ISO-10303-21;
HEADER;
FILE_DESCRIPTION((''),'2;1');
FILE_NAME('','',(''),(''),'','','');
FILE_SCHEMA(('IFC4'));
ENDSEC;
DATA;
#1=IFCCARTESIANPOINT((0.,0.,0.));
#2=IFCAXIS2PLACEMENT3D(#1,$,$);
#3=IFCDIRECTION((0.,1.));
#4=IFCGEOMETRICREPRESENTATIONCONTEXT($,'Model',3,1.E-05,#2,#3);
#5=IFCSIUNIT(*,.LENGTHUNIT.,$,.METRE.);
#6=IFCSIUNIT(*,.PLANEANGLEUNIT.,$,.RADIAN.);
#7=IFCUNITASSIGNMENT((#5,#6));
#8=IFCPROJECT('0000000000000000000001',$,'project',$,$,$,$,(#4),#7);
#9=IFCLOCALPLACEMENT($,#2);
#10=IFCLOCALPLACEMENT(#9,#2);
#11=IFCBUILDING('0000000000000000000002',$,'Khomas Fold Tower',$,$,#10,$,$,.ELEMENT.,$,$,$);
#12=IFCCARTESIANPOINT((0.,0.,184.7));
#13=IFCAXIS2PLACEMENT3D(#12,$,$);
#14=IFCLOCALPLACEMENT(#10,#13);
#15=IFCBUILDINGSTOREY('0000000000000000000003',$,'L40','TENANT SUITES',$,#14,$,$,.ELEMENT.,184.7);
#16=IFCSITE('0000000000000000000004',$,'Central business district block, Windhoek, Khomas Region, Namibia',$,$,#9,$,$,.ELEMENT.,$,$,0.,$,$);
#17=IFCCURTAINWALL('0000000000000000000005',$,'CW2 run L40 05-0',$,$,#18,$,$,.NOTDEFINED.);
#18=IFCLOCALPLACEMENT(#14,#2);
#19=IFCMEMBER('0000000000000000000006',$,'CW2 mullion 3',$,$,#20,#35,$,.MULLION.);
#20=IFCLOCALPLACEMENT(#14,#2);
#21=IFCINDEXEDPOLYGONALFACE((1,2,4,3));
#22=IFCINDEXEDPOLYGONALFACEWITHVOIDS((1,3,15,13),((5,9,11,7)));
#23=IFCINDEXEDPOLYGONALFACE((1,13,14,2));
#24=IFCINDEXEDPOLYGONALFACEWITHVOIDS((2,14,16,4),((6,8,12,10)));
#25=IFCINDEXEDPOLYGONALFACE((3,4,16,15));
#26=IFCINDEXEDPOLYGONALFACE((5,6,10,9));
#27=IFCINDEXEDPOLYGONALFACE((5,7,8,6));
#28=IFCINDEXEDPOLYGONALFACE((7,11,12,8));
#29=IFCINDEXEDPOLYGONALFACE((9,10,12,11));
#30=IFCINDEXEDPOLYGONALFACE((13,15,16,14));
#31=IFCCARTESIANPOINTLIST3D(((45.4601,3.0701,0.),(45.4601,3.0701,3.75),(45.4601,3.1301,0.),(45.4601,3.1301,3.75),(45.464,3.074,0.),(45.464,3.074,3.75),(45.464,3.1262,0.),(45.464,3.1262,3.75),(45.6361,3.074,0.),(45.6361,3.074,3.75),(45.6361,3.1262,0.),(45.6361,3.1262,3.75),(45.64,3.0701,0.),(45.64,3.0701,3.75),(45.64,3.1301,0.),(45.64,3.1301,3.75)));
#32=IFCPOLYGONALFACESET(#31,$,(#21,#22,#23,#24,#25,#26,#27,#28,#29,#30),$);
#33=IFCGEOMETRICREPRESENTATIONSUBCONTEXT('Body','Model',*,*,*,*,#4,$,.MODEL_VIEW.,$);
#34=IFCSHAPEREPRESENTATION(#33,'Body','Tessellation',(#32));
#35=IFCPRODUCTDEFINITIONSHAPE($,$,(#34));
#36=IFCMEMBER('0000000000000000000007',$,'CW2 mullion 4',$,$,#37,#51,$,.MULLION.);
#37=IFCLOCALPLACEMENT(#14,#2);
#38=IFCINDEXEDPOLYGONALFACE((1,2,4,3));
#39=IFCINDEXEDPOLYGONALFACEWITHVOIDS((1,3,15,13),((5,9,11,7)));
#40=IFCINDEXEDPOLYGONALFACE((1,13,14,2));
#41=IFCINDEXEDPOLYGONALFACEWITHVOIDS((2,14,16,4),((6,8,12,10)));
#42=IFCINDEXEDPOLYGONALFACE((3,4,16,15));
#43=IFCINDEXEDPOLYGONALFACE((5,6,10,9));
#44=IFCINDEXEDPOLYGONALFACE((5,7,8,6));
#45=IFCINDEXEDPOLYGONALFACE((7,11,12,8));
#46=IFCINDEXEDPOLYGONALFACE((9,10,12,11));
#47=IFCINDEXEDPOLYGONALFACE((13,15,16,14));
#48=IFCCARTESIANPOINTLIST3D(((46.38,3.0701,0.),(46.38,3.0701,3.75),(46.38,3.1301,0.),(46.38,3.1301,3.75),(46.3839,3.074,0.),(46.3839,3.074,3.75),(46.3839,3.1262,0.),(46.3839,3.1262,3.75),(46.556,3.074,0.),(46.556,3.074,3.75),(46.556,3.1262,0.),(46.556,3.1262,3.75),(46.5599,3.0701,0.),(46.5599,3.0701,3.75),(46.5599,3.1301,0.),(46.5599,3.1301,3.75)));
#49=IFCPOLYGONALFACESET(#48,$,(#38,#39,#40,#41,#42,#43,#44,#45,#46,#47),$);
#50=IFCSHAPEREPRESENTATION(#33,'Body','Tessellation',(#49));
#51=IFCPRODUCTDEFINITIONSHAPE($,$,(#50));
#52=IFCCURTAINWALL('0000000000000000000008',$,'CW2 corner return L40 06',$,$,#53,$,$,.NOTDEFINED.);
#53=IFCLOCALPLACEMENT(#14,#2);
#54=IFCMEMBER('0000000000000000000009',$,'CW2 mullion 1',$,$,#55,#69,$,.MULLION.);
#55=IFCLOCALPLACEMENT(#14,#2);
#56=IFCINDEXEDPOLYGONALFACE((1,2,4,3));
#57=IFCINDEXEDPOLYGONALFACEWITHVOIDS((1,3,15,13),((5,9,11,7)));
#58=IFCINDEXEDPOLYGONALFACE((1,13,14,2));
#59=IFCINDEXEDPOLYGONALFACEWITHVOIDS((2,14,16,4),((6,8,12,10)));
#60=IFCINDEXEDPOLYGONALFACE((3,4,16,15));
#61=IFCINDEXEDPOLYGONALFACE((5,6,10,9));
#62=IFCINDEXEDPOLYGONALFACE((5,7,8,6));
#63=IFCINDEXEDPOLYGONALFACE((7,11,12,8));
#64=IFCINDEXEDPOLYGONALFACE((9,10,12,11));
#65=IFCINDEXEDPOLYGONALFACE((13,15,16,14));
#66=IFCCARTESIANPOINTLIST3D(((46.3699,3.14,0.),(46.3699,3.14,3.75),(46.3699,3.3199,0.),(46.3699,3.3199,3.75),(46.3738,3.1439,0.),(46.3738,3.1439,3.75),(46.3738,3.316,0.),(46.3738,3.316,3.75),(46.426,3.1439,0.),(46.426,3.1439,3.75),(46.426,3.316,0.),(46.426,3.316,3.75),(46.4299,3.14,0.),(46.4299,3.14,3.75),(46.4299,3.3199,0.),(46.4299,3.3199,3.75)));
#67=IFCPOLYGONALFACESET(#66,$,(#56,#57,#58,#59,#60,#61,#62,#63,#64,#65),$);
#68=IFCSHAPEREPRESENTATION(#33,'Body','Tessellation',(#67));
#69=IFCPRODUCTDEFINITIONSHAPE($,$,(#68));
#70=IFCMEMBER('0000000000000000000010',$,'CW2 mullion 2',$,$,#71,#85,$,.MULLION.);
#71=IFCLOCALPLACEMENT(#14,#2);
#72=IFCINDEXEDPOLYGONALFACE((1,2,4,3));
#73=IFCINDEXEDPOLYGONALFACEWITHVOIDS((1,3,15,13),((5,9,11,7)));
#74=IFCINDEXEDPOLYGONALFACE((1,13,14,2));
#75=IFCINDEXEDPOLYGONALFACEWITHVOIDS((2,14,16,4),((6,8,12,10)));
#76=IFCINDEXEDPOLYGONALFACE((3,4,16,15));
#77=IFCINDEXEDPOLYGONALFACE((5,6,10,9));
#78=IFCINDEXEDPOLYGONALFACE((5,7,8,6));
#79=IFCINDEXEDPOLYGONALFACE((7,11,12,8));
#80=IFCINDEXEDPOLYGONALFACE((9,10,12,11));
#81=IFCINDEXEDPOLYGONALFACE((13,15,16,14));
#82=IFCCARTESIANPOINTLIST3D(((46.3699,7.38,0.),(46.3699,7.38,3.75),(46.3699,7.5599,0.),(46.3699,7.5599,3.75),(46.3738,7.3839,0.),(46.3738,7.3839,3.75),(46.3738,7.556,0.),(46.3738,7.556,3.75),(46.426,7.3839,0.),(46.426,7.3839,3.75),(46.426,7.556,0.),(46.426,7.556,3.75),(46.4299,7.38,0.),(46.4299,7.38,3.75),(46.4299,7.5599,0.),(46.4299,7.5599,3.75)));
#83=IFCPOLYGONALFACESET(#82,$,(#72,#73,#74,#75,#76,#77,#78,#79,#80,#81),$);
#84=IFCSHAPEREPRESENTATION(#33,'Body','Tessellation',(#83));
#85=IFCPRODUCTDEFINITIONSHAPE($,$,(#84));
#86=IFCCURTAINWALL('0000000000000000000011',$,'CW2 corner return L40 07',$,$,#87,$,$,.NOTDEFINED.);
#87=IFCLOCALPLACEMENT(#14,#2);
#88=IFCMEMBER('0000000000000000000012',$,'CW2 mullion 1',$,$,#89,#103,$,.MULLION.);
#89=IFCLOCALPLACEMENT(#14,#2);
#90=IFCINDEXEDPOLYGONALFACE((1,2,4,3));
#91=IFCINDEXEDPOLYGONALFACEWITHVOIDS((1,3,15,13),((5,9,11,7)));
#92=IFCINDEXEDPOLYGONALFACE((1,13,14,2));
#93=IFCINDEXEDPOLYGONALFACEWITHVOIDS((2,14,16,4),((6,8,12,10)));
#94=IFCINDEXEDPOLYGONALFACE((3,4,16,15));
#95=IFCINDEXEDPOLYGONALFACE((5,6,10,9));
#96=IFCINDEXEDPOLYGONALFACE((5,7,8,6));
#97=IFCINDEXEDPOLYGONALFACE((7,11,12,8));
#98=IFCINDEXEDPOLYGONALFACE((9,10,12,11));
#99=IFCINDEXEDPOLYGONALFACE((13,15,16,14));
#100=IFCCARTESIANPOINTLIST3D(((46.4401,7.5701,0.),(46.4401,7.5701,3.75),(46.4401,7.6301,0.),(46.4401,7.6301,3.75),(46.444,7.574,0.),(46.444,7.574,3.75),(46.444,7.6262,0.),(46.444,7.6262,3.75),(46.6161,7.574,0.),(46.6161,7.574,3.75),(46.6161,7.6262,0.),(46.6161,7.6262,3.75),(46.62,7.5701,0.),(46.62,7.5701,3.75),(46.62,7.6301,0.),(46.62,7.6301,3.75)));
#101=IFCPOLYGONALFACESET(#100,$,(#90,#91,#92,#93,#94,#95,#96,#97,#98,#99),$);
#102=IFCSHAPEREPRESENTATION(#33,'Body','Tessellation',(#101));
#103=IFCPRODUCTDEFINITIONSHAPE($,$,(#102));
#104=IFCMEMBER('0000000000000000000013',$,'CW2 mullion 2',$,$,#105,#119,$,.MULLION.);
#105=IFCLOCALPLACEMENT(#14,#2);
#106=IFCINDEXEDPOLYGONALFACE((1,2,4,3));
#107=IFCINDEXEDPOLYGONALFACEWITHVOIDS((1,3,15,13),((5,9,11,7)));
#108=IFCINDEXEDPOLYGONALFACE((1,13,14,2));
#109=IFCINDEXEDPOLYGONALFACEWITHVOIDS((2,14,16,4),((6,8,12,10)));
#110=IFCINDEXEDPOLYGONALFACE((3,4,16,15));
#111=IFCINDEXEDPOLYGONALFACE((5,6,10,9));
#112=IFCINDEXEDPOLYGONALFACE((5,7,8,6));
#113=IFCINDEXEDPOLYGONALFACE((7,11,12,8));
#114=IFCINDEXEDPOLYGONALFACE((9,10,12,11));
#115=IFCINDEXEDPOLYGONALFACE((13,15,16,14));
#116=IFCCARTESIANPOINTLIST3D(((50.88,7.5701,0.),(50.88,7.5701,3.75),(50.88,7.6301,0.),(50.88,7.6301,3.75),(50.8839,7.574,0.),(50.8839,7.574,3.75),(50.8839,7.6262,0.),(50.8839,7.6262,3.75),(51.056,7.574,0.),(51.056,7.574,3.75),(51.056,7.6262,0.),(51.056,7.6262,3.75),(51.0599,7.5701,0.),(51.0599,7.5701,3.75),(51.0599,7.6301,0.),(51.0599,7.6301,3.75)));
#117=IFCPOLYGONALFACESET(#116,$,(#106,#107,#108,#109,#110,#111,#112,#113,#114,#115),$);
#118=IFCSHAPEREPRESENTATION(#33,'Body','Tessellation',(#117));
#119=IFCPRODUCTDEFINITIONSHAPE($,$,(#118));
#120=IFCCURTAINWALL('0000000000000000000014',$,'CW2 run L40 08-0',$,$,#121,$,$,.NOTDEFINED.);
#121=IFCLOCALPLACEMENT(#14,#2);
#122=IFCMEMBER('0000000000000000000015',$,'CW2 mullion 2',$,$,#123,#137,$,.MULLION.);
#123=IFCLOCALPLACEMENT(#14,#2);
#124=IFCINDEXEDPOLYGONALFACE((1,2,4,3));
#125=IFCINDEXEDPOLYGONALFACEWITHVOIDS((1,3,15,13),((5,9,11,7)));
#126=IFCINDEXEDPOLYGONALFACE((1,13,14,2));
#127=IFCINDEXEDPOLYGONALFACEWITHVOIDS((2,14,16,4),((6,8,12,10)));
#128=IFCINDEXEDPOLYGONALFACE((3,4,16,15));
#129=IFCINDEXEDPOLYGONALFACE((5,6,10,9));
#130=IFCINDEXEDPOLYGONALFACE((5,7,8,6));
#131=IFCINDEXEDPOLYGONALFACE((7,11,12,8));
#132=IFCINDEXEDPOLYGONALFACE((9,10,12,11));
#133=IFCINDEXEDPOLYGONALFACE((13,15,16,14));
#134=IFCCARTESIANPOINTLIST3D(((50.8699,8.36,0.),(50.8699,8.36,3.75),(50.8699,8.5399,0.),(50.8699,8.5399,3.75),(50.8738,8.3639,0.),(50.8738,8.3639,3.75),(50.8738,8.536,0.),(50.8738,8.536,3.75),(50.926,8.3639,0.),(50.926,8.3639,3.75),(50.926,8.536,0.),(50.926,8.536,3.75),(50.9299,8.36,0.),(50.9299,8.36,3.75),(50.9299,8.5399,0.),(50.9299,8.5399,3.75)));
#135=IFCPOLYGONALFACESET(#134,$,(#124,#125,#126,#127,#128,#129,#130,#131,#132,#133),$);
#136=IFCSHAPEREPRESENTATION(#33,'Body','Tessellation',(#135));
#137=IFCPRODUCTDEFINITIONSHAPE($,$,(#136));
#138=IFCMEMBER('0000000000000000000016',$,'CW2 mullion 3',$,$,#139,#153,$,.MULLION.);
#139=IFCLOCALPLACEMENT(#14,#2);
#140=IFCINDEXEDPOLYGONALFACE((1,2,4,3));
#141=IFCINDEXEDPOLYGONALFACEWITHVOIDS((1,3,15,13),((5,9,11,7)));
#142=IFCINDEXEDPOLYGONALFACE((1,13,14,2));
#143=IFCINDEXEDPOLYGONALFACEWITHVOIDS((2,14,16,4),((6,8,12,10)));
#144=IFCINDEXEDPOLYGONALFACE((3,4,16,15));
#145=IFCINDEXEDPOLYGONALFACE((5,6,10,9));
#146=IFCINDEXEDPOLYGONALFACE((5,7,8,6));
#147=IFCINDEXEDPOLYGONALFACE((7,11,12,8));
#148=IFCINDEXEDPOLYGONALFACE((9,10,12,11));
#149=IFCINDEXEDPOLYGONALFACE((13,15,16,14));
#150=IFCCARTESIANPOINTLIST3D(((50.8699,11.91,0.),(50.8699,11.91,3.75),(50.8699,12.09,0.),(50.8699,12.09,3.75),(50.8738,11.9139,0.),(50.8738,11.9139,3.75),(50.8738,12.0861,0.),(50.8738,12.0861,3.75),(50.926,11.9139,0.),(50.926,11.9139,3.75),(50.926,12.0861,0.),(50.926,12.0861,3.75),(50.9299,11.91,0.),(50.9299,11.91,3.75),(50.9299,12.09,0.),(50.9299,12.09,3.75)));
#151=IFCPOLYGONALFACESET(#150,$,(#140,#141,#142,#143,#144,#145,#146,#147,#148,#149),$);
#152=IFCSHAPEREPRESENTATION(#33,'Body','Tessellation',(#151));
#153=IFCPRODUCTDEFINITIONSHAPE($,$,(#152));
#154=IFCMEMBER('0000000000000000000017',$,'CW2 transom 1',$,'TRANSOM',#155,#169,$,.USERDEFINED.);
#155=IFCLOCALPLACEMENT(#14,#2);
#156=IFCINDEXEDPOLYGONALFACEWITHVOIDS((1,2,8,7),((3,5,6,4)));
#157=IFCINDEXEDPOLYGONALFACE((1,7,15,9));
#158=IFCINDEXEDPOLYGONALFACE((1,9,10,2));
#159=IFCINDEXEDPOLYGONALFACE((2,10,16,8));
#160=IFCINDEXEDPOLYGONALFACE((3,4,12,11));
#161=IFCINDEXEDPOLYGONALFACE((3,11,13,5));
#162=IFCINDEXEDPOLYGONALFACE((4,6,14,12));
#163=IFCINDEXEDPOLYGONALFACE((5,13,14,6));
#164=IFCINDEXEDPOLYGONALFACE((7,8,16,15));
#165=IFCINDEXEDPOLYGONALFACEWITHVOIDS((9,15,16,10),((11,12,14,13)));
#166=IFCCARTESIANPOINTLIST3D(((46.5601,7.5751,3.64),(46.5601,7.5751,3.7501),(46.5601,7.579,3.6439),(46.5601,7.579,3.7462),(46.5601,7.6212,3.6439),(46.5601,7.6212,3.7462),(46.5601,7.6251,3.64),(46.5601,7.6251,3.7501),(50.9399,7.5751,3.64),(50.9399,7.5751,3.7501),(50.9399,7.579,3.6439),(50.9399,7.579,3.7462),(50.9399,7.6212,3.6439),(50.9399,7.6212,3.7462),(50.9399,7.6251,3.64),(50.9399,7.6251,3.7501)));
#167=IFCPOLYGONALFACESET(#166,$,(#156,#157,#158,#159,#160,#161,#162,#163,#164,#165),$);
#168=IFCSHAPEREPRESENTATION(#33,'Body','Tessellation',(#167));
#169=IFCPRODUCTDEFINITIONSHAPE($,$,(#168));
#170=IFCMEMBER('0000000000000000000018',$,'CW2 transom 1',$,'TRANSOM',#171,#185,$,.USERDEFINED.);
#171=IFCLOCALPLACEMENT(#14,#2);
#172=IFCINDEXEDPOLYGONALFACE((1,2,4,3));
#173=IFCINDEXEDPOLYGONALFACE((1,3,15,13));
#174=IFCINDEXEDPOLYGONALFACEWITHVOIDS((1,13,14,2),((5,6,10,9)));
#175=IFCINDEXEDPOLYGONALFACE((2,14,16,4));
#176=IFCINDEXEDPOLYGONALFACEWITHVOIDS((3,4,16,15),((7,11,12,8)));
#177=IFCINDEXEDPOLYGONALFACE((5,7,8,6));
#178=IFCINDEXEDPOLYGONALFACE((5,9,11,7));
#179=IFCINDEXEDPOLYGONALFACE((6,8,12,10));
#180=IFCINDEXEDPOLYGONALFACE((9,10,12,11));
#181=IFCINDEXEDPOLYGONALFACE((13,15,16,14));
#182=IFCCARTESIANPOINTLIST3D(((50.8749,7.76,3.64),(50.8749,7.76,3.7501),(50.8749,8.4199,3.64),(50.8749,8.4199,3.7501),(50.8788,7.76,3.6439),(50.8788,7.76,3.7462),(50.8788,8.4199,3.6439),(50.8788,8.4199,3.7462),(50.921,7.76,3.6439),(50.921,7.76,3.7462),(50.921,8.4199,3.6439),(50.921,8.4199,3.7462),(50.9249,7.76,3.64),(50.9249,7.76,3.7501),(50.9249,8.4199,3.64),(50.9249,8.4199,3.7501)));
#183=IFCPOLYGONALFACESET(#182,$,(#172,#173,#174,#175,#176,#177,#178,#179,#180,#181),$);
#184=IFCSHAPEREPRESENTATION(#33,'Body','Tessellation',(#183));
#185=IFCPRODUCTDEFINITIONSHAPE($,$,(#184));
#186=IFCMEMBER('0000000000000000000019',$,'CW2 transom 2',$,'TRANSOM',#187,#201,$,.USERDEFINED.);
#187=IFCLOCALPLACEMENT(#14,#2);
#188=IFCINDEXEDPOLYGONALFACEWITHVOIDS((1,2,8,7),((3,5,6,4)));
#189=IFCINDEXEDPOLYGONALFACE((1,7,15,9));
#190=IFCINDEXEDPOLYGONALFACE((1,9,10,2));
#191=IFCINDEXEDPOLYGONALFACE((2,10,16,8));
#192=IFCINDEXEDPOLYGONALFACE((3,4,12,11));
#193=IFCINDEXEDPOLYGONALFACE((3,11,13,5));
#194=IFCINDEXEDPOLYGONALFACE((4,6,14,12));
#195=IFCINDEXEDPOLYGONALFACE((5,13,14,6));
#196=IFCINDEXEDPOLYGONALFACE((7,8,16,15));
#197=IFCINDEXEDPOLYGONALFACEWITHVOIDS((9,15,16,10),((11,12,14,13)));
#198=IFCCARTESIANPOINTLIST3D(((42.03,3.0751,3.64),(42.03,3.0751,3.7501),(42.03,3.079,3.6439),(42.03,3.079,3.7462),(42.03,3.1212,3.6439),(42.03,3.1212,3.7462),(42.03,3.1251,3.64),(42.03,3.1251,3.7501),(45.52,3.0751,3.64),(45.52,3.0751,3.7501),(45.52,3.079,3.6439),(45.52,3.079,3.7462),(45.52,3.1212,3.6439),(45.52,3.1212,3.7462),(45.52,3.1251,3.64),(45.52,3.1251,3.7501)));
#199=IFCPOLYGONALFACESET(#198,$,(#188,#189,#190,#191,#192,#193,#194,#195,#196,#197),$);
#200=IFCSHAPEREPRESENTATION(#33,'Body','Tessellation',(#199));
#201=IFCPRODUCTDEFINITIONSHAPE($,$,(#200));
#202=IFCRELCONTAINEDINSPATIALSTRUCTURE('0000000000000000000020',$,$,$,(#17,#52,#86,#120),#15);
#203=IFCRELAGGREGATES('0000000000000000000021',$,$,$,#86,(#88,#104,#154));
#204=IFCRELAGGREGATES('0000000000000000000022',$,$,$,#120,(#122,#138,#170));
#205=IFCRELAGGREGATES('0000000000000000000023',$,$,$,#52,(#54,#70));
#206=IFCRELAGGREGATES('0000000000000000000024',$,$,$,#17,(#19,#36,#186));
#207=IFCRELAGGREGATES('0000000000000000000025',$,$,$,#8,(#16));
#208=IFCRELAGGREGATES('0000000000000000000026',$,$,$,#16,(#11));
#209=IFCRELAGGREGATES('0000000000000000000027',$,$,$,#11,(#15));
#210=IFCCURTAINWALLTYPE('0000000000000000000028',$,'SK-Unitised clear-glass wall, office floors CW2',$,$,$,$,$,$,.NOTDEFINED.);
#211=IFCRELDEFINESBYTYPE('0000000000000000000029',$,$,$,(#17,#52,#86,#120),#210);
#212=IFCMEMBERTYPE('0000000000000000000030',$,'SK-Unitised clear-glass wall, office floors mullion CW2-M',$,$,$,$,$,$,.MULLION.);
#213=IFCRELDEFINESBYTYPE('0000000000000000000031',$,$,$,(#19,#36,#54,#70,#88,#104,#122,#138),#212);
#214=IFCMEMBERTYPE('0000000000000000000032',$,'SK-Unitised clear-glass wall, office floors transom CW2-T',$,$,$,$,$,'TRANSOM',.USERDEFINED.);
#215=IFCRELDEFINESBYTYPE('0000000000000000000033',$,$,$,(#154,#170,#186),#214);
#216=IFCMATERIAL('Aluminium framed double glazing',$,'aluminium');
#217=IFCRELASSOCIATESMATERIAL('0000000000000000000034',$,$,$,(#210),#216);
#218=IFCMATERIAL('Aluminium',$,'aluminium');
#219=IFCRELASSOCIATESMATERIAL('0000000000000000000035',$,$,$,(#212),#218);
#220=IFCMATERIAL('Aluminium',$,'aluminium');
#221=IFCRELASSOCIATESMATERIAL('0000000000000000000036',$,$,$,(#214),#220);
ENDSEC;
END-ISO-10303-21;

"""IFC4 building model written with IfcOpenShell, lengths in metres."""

from ifc_helpers import new_model, si_unit, direction, frame, origin, origin_2d, place, context, subcontext, project, spatial, hollow_rectangle, extrude, source, transform, mapped, material, material_profile, profile_set, type_object, element, aggregate, save


model = new_model("IFC4")

# Units and contexts
model_context = context("Model", 3, precision=1e-05, world=origin(), true_north=direction((0.0, 1.0)))
body_context = subcontext(model_context, "Body", "Model", "MODEL_VIEW")
ifc_project = project(units=[si_unit("LENGTHUNIT", "METRE"), si_unit("PLANEANGLEUNIT", "RADIAN")], contexts=[model_context])

# Site, building, storey
site_placement = place(None, origin())
site = spatial("IfcSite", under=ifc_project, at=site_placement, Name="Central business district block, Windhoek, Khomas Region, Namibia", CompositionType="ELEMENT", RefElevation=0.0)
building_placement = place(site_placement, origin())
building = spatial("IfcBuilding", under=site, at=building_placement, Name="Khomas Fold Tower", CompositionType="ELEMENT")
storey_placement = place(building_placement, frame((0.0, 0.0, 184.7)))
storey = spatial("IfcBuildingStorey", under=building, at=storey_placement, Name="L40", Description="TENANT SUITES", CompositionType="ELEMENT", Elevation=184.7)

# Curtain walls, members
ifc_material_1 = material(Name="Aluminium framed double glazing", Category="aluminium")
curtain_wall_type = type_object("IfcCurtainWallType", Name="SK-Unitised clear-glass wall, office floors CW2", PredefinedType="NOTDEFINED", material=ifc_material_1)
curtain_wall_1_placement = place(storey_placement, origin())
curtain_wall_1 = element("IfcCurtainWall", 1, at=curtain_wall_1_placement, inside=storey, type_object=curtain_wall_type, Name="CW2 run L40 05-0", PredefinedType="NOTDEFINED")
ifc_material_2 = material(Name="Aluminium", Category="aluminium")
ifc_material_profile_1 = material_profile(ifc_material_2, hollow_rectangle(XDim=0.0601, YDim=0.1799, WallThickness=0.0039, at=origin_2d()), Name="SK-Unitised clear-glass wall, office floors mullion CW2-M")
ifc_profile_set_1 = profile_set([ifc_material_profile_1], Name="Aluminium")
member_type_1 = type_object("IfcMemberType", Name="SK-Unitised clear-glass wall, office floors mullion CW2-M", PredefinedType="MULLION", material=ifc_profile_set_1)
shared_shape_1 = source(origin(), body_context, "Body", "SweptSolid", [
    extrude(hollow_rectangle(XDim=0.0601, YDim=0.1799, WallThickness=0.0039, at=origin_2d()), origin(), (0.0, 0.0, 1.0), 3.75),
])
member_1_placement = place(storey_placement, frame((45.55, 3.1001, 0.0), z_axis=(0.0, 0.0, 1.0), x_axis=(0.0, 1.0, 0.0)))
member_1 = element("IfcMember", 2, at=member_1_placement, type_object=member_type_1, Name="CW2 mullion 3", PredefinedType="MULLION", context=body_context, shape_type="MappedRepresentation", body=[
    mapped(shared_shape_1, transform((0.0, 0.0, 0.0))),
])
member_2_placement = place(storey_placement, frame((46.47, 3.1001, 0.0), z_axis=(0.0, 0.0, 1.0), x_axis=(0.0, 1.0, 0.0)))
member_2 = element("IfcMember", 3, at=member_2_placement, type_object=member_type_1, Name="CW2 mullion 4", PredefinedType="MULLION", context=body_context, shape_type="MappedRepresentation", body=[
    mapped(shared_shape_1, transform((0.0, 0.0, 0.0))),
])
curtain_wall_2_placement = place(storey_placement, origin())
curtain_wall_2 = element("IfcCurtainWall", 4, at=curtain_wall_2_placement, inside=storey, type_object=curtain_wall_type, Name="CW2 corner return L40 06", PredefinedType="NOTDEFINED")
member_3_placement = place(storey_placement, frame((46.3999, 3.23, 0.0), z_axis=(0.0, 0.0, 1.0), x_axis=(-1.0, 0.0, 0.0)))
member_3 = element("IfcMember", 5, at=member_3_placement, type_object=member_type_1, Name="CW2 mullion 1", PredefinedType="MULLION", context=body_context, shape_type="MappedRepresentation", body=[
    mapped(shared_shape_1, transform((0.0, 0.0, 0.0))),
])
member_4_placement = place(storey_placement, frame((46.3999, 7.47, 0.0), z_axis=(0.0, 0.0, 1.0), x_axis=(-1.0, 0.0, 0.0)))
member_4 = element("IfcMember", 6, at=member_4_placement, type_object=member_type_1, Name="CW2 mullion 2", PredefinedType="MULLION", context=body_context, shape_type="MappedRepresentation", body=[
    mapped(shared_shape_1, transform((0.0, 0.0, 0.0))),
])
curtain_wall_3_placement = place(storey_placement, origin())
curtain_wall_3 = element("IfcCurtainWall", 7, at=curtain_wall_3_placement, inside=storey, type_object=curtain_wall_type, Name="CW2 corner return L40 07", PredefinedType="NOTDEFINED")
member_5_placement = place(storey_placement, frame((46.53, 7.6001, 0.0), z_axis=(0.0, 0.0, 1.0), x_axis=(0.0, 1.0, 0.0)))
member_5 = element("IfcMember", 8, at=member_5_placement, type_object=member_type_1, Name="CW2 mullion 1", PredefinedType="MULLION", context=body_context, shape_type="MappedRepresentation", body=[
    mapped(shared_shape_1, transform((0.0, 0.0, 0.0))),
])
member_6_placement = place(storey_placement, frame((50.97, 7.6001, 0.0), z_axis=(0.0, 0.0, 1.0), x_axis=(0.0, 1.0, 0.0)))
member_6 = element("IfcMember", 9, at=member_6_placement, type_object=member_type_1, Name="CW2 mullion 2", PredefinedType="MULLION", context=body_context, shape_type="MappedRepresentation", body=[
    mapped(shared_shape_1, transform((0.0, 0.0, 0.0))),
])
curtain_wall_4_placement = place(storey_placement, origin())
curtain_wall_4 = element("IfcCurtainWall", 10, at=curtain_wall_4_placement, inside=storey, type_object=curtain_wall_type, Name="CW2 run L40 08-0", PredefinedType="NOTDEFINED")
member_7_placement = place(storey_placement, frame((50.8999, 8.45, 0.0), z_axis=(0.0, 0.0, 1.0), x_axis=(-1.0, 0.0, 0.0)))
member_7 = element("IfcMember", 11, at=member_7_placement, type_object=member_type_1, Name="CW2 mullion 2", PredefinedType="MULLION", context=body_context, shape_type="MappedRepresentation", body=[
    mapped(shared_shape_1, transform((0.0, 0.0, 0.0))),
])
member_8_placement = place(storey_placement, frame((50.8999, 12.0, 0.0), z_axis=(0.0, 0.0, 1.0), x_axis=(-1.0, 0.0, 0.0)))
member_8 = element("IfcMember", 12, at=member_8_placement, type_object=member_type_1, Name="CW2 mullion 3", PredefinedType="MULLION", context=body_context, shape_type="MappedRepresentation", body=[
    mapped(shared_shape_1, transform((0.0, 0.0, 0.0))),
])

# Members
ifc_material_3 = material(Name="Aluminium", Category="aluminium")
ifc_material_profile_2 = material_profile(ifc_material_3, hollow_rectangle(XDim=0.05, YDim=0.1101, WallThickness=0.0039, at=origin_2d()), Name="SK-Unitised clear-glass wall, office floors transom CW2-T")
ifc_profile_set_2 = profile_set([ifc_material_profile_2], Name="Aluminium")
member_type_2 = type_object("IfcMemberType", Name="SK-Unitised clear-glass wall, office floors transom CW2-T", ElementType="TRANSOM", PredefinedType="USERDEFINED", material=ifc_profile_set_2)
shared_shape_2 = source(origin(), body_context, "Body", "SweptSolid", [
    extrude(hollow_rectangle(XDim=0.05, YDim=0.1101, WallThickness=0.0039, at=origin_2d()), origin(), (0.0, 0.0, 1.0), 4.3799),
])
member_9_placement = place(storey_placement, frame((46.5601, 7.6001, 3.6951), z_axis=(1.0, 0.0, 0.0), x_axis=(0.0, 1.0, 0.0)))
member_9 = element("IfcMember", 13, at=member_9_placement, type_object=member_type_2, Name="CW2 transom 1", ObjectType="TRANSOM", PredefinedType="USERDEFINED", context=body_context, shape_type="MappedRepresentation", body=[
    mapped(shared_shape_2, transform((0.0, 0.0, 0.0))),
])
shared_shape_3 = source(origin(), body_context, "Body", "SweptSolid", [
    extrude(hollow_rectangle(XDim=0.05, YDim=0.1101, WallThickness=0.0039, at=origin_2d()), origin(), (0.0, 0.0, 1.0), 0.6599),
])
member_10_placement = place(storey_placement, frame((50.8999, 7.76, 3.6951), z_axis=(0.0, 1.0, 0.0), x_axis=(-1.0, 0.0, 0.0)))
member_10 = element("IfcMember", 14, at=member_10_placement, type_object=member_type_2, Name="CW2 transom 1", ObjectType="TRANSOM", PredefinedType="USERDEFINED", context=body_context, shape_type="MappedRepresentation", body=[
    mapped(shared_shape_3, transform((0.0, 0.0, 0.0))),
])
shared_shape_4 = source(origin(), body_context, "Body", "SweptSolid", [
    extrude(hollow_rectangle(XDim=0.05, YDim=0.1101, WallThickness=0.0039, at=origin_2d()), origin(), (0.0, 0.0, 1.0), 3.49),
])
member_11_placement = place(storey_placement, frame((42.03, 3.1001, 3.6951), z_axis=(1.0, 0.0, 0.0), x_axis=(0.0, 1.0, 0.0)))
member_11 = element("IfcMember", 15, at=member_11_placement, type_object=member_type_2, Name="CW2 transom 2", ObjectType="TRANSOM", PredefinedType="USERDEFINED", context=body_context, shape_type="MappedRepresentation", body=[
    mapped(shared_shape_4, transform((0.0, 0.0, 0.0))),
])

aggregate(curtain_wall_3, [member_5, member_6, member_9])
aggregate(curtain_wall_4, [member_7, member_8, member_10])
aggregate(curtain_wall_2, [member_3, member_4])
aggregate(curtain_wall_1, [member_1, member_2, member_11])

save(model, "model.ifc")
